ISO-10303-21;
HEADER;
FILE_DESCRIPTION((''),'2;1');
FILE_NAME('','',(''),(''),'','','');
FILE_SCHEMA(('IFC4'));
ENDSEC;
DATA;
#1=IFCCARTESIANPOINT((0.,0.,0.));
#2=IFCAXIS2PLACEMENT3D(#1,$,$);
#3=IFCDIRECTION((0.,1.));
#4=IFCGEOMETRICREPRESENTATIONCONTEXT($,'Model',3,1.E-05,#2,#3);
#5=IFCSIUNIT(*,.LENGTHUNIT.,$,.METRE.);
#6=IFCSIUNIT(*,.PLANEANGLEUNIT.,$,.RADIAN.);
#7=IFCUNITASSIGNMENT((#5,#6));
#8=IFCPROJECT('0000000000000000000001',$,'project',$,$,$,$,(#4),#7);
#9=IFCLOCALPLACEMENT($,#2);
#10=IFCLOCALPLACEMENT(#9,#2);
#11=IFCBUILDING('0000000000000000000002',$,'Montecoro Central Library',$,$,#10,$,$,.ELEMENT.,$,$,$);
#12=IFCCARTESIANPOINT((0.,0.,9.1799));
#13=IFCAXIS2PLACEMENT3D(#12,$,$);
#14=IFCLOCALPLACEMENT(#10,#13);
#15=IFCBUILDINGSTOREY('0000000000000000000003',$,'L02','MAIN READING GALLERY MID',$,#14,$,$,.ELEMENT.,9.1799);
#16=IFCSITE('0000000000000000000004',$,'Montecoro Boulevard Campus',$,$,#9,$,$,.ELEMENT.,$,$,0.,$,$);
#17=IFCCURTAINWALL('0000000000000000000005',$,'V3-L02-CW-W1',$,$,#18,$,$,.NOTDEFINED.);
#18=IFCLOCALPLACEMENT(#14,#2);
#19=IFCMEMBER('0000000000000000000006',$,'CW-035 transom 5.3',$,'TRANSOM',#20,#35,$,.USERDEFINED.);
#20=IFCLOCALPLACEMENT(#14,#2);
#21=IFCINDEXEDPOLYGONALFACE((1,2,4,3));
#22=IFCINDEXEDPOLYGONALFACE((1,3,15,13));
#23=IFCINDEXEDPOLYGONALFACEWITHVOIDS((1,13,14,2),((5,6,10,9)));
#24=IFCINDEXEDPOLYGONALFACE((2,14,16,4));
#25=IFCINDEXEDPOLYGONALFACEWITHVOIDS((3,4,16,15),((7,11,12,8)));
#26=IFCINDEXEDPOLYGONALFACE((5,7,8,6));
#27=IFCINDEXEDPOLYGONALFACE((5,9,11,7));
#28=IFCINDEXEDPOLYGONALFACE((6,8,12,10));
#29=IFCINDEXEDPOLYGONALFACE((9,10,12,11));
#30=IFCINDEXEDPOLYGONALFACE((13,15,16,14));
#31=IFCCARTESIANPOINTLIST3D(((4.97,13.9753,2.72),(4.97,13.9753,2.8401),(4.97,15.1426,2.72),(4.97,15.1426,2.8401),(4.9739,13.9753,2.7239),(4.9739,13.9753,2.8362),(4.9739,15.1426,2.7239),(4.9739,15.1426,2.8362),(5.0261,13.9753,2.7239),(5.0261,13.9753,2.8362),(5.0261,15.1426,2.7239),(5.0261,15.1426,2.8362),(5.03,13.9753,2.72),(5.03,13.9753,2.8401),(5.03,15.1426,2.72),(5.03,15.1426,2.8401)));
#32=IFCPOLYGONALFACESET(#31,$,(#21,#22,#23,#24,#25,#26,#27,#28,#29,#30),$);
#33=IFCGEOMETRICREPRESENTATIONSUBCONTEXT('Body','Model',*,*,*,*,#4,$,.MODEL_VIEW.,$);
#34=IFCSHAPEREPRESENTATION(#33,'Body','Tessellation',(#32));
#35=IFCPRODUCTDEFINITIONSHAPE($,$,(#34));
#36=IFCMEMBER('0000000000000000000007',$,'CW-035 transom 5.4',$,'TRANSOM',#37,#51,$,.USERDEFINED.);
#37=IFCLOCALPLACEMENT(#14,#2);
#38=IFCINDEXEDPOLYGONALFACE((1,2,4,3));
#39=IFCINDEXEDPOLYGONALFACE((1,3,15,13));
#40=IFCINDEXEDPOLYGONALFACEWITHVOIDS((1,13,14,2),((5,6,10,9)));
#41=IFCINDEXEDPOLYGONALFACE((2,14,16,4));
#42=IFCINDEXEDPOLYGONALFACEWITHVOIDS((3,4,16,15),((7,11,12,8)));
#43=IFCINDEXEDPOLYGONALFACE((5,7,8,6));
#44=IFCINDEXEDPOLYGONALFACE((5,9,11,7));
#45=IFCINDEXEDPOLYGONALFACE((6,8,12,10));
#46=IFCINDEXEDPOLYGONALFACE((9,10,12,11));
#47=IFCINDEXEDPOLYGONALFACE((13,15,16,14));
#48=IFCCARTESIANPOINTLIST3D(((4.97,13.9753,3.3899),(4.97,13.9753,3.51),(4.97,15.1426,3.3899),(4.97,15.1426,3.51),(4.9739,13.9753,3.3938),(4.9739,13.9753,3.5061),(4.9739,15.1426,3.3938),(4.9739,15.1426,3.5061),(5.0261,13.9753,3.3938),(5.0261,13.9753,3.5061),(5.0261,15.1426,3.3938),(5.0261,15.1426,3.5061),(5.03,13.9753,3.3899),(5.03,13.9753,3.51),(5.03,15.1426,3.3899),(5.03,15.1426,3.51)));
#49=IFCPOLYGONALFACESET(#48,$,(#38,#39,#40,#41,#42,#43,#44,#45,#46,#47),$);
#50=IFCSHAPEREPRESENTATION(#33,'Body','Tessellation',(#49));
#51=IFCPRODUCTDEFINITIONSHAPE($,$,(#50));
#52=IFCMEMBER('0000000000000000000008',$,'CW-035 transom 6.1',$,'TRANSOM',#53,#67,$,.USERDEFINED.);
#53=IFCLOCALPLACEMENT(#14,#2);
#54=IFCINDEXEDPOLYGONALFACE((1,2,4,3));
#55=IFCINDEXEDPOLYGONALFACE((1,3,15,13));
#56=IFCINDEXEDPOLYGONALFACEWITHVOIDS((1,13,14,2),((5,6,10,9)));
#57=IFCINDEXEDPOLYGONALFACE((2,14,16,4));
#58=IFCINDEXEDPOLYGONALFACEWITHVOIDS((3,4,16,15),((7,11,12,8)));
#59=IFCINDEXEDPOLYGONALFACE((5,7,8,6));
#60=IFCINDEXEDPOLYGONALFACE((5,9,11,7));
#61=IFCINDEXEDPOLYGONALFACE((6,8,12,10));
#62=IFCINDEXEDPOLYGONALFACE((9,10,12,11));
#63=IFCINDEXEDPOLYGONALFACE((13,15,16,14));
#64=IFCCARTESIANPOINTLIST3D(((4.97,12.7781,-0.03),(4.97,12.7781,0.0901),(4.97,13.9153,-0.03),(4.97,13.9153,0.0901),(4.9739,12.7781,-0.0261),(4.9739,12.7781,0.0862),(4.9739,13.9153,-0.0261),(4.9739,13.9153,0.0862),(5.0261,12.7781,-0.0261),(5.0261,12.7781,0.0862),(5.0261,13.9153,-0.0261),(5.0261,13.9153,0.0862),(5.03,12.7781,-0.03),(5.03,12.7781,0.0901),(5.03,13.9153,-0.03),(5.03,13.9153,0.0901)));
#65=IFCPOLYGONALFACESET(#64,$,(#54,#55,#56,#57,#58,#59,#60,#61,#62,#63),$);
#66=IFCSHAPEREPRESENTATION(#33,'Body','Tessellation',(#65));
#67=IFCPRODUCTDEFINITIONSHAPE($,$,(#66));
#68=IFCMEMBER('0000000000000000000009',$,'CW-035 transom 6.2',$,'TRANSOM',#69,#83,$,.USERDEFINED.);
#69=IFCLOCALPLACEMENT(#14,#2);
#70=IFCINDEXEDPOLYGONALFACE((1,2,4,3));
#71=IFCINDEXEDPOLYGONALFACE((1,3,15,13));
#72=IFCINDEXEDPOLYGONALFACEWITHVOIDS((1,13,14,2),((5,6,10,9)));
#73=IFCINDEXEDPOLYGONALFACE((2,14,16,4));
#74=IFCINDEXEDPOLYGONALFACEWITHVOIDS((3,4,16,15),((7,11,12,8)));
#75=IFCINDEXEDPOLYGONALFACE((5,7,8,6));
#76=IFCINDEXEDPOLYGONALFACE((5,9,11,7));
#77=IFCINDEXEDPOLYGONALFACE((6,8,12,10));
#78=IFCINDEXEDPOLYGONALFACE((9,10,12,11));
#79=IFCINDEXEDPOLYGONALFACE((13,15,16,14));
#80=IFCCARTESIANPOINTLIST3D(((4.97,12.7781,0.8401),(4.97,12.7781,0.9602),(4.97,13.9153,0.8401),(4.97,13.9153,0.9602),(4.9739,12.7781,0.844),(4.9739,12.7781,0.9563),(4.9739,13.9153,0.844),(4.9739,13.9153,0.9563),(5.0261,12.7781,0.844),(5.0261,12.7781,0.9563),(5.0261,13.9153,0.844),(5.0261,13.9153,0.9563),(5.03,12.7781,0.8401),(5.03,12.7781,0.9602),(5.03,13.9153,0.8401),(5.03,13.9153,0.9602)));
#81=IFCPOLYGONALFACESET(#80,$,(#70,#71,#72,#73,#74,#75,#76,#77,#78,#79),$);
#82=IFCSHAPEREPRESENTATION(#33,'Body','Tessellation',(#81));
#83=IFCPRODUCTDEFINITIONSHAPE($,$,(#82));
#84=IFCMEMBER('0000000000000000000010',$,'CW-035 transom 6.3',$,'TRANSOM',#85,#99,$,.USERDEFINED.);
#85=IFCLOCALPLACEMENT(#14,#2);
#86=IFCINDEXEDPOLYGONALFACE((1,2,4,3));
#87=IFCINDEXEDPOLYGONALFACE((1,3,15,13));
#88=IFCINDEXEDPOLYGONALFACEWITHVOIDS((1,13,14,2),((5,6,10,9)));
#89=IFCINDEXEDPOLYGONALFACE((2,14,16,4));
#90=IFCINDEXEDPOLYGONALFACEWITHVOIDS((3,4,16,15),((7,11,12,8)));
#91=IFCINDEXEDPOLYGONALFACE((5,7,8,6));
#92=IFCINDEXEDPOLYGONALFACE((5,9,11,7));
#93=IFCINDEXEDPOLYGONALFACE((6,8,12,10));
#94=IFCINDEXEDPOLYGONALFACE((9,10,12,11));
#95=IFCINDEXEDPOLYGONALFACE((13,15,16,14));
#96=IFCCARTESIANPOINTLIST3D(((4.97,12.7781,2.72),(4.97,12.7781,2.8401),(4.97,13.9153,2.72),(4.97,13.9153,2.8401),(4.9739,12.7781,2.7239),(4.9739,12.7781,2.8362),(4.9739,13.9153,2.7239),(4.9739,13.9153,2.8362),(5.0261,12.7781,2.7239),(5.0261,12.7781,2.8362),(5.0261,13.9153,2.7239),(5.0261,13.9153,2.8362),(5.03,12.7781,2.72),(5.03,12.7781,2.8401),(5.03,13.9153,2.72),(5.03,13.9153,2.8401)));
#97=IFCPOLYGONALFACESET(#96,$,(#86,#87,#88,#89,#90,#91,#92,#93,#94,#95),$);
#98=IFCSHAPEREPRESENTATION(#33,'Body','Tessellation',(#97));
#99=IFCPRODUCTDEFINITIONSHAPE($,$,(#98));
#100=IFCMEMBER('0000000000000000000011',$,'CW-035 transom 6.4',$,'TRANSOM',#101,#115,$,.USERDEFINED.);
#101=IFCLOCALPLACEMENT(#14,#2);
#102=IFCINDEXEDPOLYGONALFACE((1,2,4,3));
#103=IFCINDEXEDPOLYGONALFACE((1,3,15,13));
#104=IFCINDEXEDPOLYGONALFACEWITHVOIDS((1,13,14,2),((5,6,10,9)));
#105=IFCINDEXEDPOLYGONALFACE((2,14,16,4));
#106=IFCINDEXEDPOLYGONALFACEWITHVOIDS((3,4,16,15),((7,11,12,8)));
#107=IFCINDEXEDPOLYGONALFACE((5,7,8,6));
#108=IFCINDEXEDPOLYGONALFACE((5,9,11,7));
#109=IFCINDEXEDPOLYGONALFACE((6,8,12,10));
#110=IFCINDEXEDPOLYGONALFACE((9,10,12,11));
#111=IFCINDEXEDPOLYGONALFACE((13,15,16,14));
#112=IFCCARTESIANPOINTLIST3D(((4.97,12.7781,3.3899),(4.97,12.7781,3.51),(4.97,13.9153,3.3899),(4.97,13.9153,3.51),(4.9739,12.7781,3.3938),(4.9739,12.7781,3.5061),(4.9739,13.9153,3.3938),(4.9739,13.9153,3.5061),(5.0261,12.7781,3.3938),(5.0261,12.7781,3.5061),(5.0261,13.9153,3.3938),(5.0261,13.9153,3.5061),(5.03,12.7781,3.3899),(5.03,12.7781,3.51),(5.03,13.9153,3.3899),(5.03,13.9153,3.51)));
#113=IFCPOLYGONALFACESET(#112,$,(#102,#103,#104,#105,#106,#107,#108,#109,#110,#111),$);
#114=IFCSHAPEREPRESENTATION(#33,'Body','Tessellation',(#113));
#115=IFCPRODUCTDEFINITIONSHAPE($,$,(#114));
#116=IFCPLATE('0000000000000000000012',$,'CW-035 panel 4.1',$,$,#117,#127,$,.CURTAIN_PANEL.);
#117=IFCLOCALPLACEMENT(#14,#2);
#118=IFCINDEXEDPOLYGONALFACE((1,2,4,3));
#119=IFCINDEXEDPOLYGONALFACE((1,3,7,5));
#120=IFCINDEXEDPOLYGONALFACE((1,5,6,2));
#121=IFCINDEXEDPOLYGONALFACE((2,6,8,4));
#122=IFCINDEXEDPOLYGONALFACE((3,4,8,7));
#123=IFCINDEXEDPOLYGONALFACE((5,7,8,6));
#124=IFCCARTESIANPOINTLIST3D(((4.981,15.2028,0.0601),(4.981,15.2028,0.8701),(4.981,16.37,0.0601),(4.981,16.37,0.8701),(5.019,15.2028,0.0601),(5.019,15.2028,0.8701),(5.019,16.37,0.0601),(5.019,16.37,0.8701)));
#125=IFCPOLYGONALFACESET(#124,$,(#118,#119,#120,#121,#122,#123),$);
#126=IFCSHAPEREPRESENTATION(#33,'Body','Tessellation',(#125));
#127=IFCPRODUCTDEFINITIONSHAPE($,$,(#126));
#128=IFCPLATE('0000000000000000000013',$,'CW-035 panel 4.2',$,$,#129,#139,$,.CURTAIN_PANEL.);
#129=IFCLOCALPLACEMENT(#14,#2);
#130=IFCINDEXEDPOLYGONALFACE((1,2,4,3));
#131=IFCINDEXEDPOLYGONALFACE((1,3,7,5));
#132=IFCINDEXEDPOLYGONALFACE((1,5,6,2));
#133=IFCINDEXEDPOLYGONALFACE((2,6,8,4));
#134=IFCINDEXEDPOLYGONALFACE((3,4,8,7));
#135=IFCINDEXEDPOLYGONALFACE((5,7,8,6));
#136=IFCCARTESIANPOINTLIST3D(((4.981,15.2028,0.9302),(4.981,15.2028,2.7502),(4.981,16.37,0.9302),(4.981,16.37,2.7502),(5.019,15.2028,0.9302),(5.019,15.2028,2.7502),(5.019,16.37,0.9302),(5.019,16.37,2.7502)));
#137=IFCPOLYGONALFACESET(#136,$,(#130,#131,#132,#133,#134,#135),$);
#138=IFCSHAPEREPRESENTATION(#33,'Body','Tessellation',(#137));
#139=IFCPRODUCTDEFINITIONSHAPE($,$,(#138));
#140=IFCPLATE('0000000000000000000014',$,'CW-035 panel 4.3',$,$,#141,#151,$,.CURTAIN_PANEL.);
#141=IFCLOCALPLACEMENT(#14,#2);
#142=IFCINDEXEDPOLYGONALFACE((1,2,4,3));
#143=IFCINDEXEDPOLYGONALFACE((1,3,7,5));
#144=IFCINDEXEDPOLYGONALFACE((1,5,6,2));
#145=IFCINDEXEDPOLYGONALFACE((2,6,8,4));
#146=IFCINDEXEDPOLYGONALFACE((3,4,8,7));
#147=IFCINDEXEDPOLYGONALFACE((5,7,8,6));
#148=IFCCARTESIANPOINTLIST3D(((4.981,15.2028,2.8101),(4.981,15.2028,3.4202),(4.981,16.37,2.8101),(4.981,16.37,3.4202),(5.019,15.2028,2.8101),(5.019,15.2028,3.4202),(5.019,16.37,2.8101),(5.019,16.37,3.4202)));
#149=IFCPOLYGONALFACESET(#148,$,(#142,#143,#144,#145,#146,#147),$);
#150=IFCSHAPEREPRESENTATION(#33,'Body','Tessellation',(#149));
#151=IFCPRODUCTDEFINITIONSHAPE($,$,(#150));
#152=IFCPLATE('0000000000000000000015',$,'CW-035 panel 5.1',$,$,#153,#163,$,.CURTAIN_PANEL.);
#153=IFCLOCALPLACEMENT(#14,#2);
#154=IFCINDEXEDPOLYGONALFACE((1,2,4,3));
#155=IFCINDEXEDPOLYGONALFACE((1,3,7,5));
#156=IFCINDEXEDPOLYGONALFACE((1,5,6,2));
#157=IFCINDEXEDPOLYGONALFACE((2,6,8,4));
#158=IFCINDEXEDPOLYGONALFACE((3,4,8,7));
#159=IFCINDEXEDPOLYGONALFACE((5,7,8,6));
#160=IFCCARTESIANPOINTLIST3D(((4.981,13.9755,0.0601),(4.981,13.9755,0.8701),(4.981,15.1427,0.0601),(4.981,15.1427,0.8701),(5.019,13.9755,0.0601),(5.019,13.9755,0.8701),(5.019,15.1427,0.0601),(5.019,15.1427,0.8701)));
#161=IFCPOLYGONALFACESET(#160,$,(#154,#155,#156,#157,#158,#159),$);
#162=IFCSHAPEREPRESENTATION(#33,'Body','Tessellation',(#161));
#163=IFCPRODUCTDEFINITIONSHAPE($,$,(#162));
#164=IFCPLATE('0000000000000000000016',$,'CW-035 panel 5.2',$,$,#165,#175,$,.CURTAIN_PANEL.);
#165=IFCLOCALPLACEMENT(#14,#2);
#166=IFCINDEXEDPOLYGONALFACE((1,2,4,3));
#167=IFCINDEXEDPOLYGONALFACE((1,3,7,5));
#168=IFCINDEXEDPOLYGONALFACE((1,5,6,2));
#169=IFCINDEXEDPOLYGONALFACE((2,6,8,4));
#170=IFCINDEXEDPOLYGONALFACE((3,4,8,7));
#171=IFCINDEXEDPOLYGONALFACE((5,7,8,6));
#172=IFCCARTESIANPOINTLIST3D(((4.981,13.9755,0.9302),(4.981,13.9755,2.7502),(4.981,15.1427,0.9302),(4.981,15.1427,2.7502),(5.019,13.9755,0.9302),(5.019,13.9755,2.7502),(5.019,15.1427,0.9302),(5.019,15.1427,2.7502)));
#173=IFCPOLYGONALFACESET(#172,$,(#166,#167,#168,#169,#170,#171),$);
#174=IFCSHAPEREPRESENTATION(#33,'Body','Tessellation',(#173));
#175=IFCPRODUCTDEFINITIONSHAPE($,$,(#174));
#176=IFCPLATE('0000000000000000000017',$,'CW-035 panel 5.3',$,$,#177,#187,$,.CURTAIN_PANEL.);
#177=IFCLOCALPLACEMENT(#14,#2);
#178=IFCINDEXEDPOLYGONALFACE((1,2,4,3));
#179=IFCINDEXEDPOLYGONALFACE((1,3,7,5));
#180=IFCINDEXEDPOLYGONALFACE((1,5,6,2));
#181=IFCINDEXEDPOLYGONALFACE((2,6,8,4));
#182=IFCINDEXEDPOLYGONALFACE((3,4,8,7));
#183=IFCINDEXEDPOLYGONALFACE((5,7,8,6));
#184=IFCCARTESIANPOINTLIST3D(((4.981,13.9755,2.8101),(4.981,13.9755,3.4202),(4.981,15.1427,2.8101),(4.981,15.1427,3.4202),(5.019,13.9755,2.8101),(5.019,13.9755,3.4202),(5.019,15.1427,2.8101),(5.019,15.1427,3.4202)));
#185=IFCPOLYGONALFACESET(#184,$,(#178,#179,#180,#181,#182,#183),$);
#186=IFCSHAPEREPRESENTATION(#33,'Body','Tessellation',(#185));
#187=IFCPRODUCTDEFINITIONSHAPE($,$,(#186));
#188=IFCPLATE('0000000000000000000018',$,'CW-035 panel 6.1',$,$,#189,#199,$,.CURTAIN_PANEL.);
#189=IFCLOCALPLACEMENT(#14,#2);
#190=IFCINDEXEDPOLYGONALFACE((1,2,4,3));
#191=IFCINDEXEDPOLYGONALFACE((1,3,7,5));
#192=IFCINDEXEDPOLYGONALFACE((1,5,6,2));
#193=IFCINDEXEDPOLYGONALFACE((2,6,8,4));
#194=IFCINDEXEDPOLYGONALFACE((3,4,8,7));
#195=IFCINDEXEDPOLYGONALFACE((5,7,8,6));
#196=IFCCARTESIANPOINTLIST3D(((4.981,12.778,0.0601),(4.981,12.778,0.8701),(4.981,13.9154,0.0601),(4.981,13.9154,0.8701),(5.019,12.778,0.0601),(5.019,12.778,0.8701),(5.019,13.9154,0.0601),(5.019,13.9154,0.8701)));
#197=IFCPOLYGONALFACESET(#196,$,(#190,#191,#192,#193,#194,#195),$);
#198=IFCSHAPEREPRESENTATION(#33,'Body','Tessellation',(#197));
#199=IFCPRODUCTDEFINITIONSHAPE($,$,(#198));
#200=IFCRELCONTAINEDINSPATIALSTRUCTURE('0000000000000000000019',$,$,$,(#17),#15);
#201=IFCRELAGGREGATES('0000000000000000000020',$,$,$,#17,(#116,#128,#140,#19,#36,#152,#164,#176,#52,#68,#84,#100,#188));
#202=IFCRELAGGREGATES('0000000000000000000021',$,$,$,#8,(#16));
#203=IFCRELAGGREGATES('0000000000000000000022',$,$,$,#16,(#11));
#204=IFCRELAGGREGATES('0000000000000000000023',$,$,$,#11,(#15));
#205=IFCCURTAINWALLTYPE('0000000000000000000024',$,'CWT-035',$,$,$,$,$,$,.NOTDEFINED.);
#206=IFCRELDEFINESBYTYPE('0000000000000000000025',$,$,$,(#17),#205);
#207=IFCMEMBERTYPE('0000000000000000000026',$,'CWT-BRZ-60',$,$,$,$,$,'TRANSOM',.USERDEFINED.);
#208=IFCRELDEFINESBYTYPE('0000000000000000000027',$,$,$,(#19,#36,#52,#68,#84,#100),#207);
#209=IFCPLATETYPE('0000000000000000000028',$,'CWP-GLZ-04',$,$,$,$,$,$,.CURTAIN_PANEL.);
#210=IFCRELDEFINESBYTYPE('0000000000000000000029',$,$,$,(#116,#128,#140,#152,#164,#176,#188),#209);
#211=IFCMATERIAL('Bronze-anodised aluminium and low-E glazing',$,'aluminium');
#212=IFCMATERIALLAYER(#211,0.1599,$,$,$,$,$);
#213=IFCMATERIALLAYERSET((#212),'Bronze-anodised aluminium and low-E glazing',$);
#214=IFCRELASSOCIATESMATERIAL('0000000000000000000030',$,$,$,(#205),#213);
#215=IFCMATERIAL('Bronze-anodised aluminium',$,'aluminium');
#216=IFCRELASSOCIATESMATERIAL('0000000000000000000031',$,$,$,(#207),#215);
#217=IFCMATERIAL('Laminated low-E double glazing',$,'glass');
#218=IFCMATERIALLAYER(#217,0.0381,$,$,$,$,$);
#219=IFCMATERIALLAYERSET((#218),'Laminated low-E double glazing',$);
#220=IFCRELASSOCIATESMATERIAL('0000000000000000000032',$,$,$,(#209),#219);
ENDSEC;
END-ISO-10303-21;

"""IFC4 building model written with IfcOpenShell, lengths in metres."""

from ifc_helpers import new_model, si_unit, direction, frame, origin, origin_2d, place, context, subcontext, project, spatial, rectangle, hollow_rectangle, extrude, material, layer, layer_set, material_profile, profile_set, type_object, element, aggregate, save


model = new_model("IFC4")

# Units and contexts
model_context = context("Model", 3, precision=1e-05, world=origin(), true_north=direction((0.0, 1.0)))
body_context = subcontext(model_context, "Body", "Model", "MODEL_VIEW")
ifc_project = project(units=[si_unit("LENGTHUNIT", "METRE"), si_unit("PLANEANGLEUNIT", "RADIAN")], contexts=[model_context])

# Site, building, storey
site_placement = place(None, origin())
site = spatial("IfcSite", under=ifc_project, at=site_placement, Name="Montecoro Boulevard Campus", CompositionType="ELEMENT", RefElevation=0.0)
building_placement = place(site_placement, origin())
building = spatial("IfcBuilding", under=site, at=building_placement, Name="Montecoro Central Library", CompositionType="ELEMENT")
storey_placement = place(building_placement, frame((0.0, 0.0, 9.1799)))
storey = spatial("IfcBuildingStorey", under=building, at=storey_placement, Name="L02", Description="MAIN READING GALLERY MID", CompositionType="ELEMENT", Elevation=9.1799)

# Curtain wall, members, plates
ifc_material_1 = material(Name="Bronze-anodised aluminium and low-E glazing", Category="aluminium")
ifc_layer_1 = layer(ifc_material_1, 0.1599)
ifc_layer_set_1 = layer_set([ifc_layer_1], Name="Bronze-anodised aluminium and low-E glazing")
curtain_wall_type = type_object("IfcCurtainWallType", Name="CWT-035", PredefinedType="NOTDEFINED", material=ifc_layer_set_1)
curtain_wall_placement = place(storey_placement, origin())
curtain_wall = element("IfcCurtainWall", 1, at=curtain_wall_placement, inside=storey, type_object=curtain_wall_type, Name="V3-L02-CW-W1", PredefinedType="NOTDEFINED")
ifc_material_2 = material(Name="Bronze-anodised aluminium", Category="aluminium")
ifc_material_profile_1 = material_profile(ifc_material_2, hollow_rectangle(XDim=0.0601, YDim=0.1201, WallThickness=0.0039, at=origin_2d()), Name="CWT 120x60x4.0")
ifc_profile_set_1 = profile_set([ifc_material_profile_1], Name="Bronze-anodised aluminium")
member_type_1 = type_object("IfcMemberType", Name="CWT-BRZ-60", ElementType="TRANSOM", PredefinedType="USERDEFINED", material=ifc_profile_set_1)
member_1_placement = place(storey_placement, frame((5.0, 15.1426, 2.78), z_axis=(0.0, -1.0, 0.0), x_axis=(1.0, 0.0, 0.0)))
member_1 = element("IfcMember", 2, at=member_1_placement, type_object=member_type_1, Name="CW-035 transom 5.3", ObjectType="TRANSOM", PredefinedType="USERDEFINED", context=body_context, shape_type="SweptSolid", body=[
    extrude(hollow_rectangle(XDim=0.0601, YDim=0.1201, WallThickness=0.0039, at=origin_2d()), origin(), (0.0, 0.0, 1.0), 1.1672),
])
member_2_placement = place(storey_placement, frame((5.0, 15.1426, 3.45), z_axis=(0.0, -1.0, 0.0), x_axis=(1.0, 0.0, 0.0)))
member_2 = element("IfcMember", 3, at=member_2_placement, type_object=member_type_1, Name="CW-035 transom 5.4", ObjectType="TRANSOM", PredefinedType="USERDEFINED", context=body_context, shape_type="SweptSolid", body=[
    extrude(hollow_rectangle(XDim=0.0601, YDim=0.1201, WallThickness=0.0039, at=origin_2d()), origin(), (0.0, 0.0, 1.0), 1.1672),
])
member_3_placement = place(storey_placement, frame((5.0, 13.9153, 0.03), z_axis=(0.0, -1.0, 0.0), x_axis=(1.0, 0.0, 0.0)))
member_3 = element("IfcMember", 4, at=member_3_placement, type_object=member_type_1, Name="CW-035 transom 6.1", ObjectType="TRANSOM", PredefinedType="USERDEFINED", context=body_context, shape_type="SweptSolid", body=[
    extrude(hollow_rectangle(XDim=0.0601, YDim=0.1201, WallThickness=0.0039, at=origin_2d()), origin(), (0.0, 0.0, 1.0), 1.1372),
])
member_4_placement = place(storey_placement, frame((5.0, 13.9153, 0.9001), z_axis=(0.0, -1.0, 0.0), x_axis=(1.0, 0.0, 0.0)))
member_4 = element("IfcMember", 5, at=member_4_placement, type_object=member_type_1, Name="CW-035 transom 6.2", ObjectType="TRANSOM", PredefinedType="USERDEFINED", context=body_context, shape_type="SweptSolid", body=[
    extrude(hollow_rectangle(XDim=0.0601, YDim=0.1201, WallThickness=0.0039, at=origin_2d()), origin(), (0.0, 0.0, 1.0), 1.1372),
])
member_5_placement = place(storey_placement, frame((5.0, 13.9153, 2.78), z_axis=(0.0, -1.0, 0.0), x_axis=(1.0, 0.0, 0.0)))
member_5 = element("IfcMember", 6, at=member_5_placement, type_object=member_type_1, Name="CW-035 transom 6.3", ObjectType="TRANSOM", PredefinedType="USERDEFINED", context=body_context, shape_type="SweptSolid", body=[
    extrude(hollow_rectangle(XDim=0.0601, YDim=0.1201, WallThickness=0.0039, at=origin_2d()), origin(), (0.0, 0.0, 1.0), 1.1372),
])
member_6_placement = place(storey_placement, frame((5.0, 13.9153, 3.45), z_axis=(0.0, -1.0, 0.0), x_axis=(1.0, 0.0, 0.0)))
member_6 = element("IfcMember", 7, at=member_6_placement, type_object=member_type_1, Name="CW-035 transom 6.4", ObjectType="TRANSOM", PredefinedType="USERDEFINED", context=body_context, shape_type="SweptSolid", body=[
    extrude(hollow_rectangle(XDim=0.0601, YDim=0.1201, WallThickness=0.0039, at=origin_2d()), origin(), (0.0, 0.0, 1.0), 1.1372),
])
ifc_material_3 = material(Name="Laminated low-E double glazing", Category="glass")
ifc_layer_2 = layer(ifc_material_3, 0.0381)
ifc_layer_set_2 = layer_set([ifc_layer_2], Name="Laminated low-E double glazing")
plate_type_1 = type_object("IfcPlateType", Name="CWP-GLZ-04", PredefinedType="CURTAIN_PANEL", material=ifc_layer_set_2)
plate_1_placement = place(storey_placement, frame((5.0, 15.7864, 0.0601), z_axis=(0.0, 0.0, 1.0), x_axis=(0.0, -1.0, 0.0)))
plate_1 = element("IfcPlate", 8, at=plate_1_placement, type_object=plate_type_1, Name="CW-035 panel 4.1", PredefinedType="CURTAIN_PANEL", context=body_context, shape_type="SweptSolid", body=[
    extrude(rectangle(XDim=1.1672, YDim=0.0381, at=origin_2d()), origin(), (0.0, 0.0, 1.0), 0.8101),
])
plate_2_placement = place(storey_placement, frame((5.0, 15.7864, 0.9302), z_axis=(0.0, 0.0, 1.0), x_axis=(0.0, -1.0, 0.0)))
plate_2 = element("IfcPlate", 9, at=plate_2_placement, type_object=plate_type_1, Name="CW-035 panel 4.2", PredefinedType="CURTAIN_PANEL", context=body_context, shape_type="SweptSolid", body=[
    extrude(rectangle(XDim=1.1672, YDim=0.0381, at=origin_2d()), origin(), (0.0, 0.0, 1.0), 1.8201),
])
plate_3_placement = place(storey_placement, frame((5.0, 15.7864, 2.8101), z_axis=(0.0, 0.0, 1.0), x_axis=(0.0, -1.0, 0.0)))
plate_3 = element("IfcPlate", 10, at=plate_3_placement, type_object=plate_type_1, Name="CW-035 panel 4.3", PredefinedType="CURTAIN_PANEL", context=body_context, shape_type="SweptSolid", body=[
    extrude(rectangle(XDim=1.1672, YDim=0.0381, at=origin_2d()), origin(), (0.0, 0.0, 1.0), 0.6101),
])
plate_4_placement = place(storey_placement, frame((5.0, 14.5591, 0.0601), z_axis=(0.0, 0.0, 1.0), x_axis=(0.0, -1.0, 0.0)))
plate_4 = element("IfcPlate", 11, at=plate_4_placement, type_object=plate_type_1, Name="CW-035 panel 5.1", PredefinedType="CURTAIN_PANEL", context=body_context, shape_type="SweptSolid", body=[
    extrude(rectangle(XDim=1.1672, YDim=0.0381, at=origin_2d()), origin(), (0.0, 0.0, 1.0), 0.8101),
])
plate_5_placement = place(storey_placement, frame((5.0, 14.5591, 0.9302), z_axis=(0.0, 0.0, 1.0), x_axis=(0.0, -1.0, 0.0)))
plate_5 = element("IfcPlate", 12, at=plate_5_placement, type_object=plate_type_1, Name="CW-035 panel 5.2", PredefinedType="CURTAIN_PANEL", context=body_context, shape_type="SweptSolid", body=[
    extrude(rectangle(XDim=1.1672, YDim=0.0381, at=origin_2d()), origin(), (0.0, 0.0, 1.0), 1.8201),
])
plate_6_placement = place(storey_placement, frame((5.0, 14.5591, 2.8101), z_axis=(0.0, 0.0, 1.0), x_axis=(0.0, -1.0, 0.0)))
plate_6 = element("IfcPlate", 13, at=plate_6_placement, type_object=plate_type_1, Name="CW-035 panel 5.3", PredefinedType="CURTAIN_PANEL", context=body_context, shape_type="SweptSolid", body=[
    extrude(rectangle(XDim=1.1672, YDim=0.0381, at=origin_2d()), origin(), (0.0, 0.0, 1.0), 0.6101),
])
plate_7_placement = place(storey_placement, frame((5.0, 13.3467, 0.0601), z_axis=(0.0, 0.0, 1.0), x_axis=(0.0, -1.0, 0.0)))
plate_7 = element("IfcPlate", 14, at=plate_7_placement, type_object=plate_type_1, Name="CW-035 panel 6.1", PredefinedType="CURTAIN_PANEL", context=body_context, shape_type="SweptSolid", body=[
    extrude(rectangle(XDim=1.1375, YDim=0.0381, at=origin_2d()), origin(), (0.0, 0.0, 1.0), 0.8101),
])
aggregate(curtain_wall, [plate_1, plate_2, plate_3, member_1, member_2, plate_4, plate_5, plate_6, member_3, member_4, member_5, member_6, plate_7])

save(model, "model.ifc")
